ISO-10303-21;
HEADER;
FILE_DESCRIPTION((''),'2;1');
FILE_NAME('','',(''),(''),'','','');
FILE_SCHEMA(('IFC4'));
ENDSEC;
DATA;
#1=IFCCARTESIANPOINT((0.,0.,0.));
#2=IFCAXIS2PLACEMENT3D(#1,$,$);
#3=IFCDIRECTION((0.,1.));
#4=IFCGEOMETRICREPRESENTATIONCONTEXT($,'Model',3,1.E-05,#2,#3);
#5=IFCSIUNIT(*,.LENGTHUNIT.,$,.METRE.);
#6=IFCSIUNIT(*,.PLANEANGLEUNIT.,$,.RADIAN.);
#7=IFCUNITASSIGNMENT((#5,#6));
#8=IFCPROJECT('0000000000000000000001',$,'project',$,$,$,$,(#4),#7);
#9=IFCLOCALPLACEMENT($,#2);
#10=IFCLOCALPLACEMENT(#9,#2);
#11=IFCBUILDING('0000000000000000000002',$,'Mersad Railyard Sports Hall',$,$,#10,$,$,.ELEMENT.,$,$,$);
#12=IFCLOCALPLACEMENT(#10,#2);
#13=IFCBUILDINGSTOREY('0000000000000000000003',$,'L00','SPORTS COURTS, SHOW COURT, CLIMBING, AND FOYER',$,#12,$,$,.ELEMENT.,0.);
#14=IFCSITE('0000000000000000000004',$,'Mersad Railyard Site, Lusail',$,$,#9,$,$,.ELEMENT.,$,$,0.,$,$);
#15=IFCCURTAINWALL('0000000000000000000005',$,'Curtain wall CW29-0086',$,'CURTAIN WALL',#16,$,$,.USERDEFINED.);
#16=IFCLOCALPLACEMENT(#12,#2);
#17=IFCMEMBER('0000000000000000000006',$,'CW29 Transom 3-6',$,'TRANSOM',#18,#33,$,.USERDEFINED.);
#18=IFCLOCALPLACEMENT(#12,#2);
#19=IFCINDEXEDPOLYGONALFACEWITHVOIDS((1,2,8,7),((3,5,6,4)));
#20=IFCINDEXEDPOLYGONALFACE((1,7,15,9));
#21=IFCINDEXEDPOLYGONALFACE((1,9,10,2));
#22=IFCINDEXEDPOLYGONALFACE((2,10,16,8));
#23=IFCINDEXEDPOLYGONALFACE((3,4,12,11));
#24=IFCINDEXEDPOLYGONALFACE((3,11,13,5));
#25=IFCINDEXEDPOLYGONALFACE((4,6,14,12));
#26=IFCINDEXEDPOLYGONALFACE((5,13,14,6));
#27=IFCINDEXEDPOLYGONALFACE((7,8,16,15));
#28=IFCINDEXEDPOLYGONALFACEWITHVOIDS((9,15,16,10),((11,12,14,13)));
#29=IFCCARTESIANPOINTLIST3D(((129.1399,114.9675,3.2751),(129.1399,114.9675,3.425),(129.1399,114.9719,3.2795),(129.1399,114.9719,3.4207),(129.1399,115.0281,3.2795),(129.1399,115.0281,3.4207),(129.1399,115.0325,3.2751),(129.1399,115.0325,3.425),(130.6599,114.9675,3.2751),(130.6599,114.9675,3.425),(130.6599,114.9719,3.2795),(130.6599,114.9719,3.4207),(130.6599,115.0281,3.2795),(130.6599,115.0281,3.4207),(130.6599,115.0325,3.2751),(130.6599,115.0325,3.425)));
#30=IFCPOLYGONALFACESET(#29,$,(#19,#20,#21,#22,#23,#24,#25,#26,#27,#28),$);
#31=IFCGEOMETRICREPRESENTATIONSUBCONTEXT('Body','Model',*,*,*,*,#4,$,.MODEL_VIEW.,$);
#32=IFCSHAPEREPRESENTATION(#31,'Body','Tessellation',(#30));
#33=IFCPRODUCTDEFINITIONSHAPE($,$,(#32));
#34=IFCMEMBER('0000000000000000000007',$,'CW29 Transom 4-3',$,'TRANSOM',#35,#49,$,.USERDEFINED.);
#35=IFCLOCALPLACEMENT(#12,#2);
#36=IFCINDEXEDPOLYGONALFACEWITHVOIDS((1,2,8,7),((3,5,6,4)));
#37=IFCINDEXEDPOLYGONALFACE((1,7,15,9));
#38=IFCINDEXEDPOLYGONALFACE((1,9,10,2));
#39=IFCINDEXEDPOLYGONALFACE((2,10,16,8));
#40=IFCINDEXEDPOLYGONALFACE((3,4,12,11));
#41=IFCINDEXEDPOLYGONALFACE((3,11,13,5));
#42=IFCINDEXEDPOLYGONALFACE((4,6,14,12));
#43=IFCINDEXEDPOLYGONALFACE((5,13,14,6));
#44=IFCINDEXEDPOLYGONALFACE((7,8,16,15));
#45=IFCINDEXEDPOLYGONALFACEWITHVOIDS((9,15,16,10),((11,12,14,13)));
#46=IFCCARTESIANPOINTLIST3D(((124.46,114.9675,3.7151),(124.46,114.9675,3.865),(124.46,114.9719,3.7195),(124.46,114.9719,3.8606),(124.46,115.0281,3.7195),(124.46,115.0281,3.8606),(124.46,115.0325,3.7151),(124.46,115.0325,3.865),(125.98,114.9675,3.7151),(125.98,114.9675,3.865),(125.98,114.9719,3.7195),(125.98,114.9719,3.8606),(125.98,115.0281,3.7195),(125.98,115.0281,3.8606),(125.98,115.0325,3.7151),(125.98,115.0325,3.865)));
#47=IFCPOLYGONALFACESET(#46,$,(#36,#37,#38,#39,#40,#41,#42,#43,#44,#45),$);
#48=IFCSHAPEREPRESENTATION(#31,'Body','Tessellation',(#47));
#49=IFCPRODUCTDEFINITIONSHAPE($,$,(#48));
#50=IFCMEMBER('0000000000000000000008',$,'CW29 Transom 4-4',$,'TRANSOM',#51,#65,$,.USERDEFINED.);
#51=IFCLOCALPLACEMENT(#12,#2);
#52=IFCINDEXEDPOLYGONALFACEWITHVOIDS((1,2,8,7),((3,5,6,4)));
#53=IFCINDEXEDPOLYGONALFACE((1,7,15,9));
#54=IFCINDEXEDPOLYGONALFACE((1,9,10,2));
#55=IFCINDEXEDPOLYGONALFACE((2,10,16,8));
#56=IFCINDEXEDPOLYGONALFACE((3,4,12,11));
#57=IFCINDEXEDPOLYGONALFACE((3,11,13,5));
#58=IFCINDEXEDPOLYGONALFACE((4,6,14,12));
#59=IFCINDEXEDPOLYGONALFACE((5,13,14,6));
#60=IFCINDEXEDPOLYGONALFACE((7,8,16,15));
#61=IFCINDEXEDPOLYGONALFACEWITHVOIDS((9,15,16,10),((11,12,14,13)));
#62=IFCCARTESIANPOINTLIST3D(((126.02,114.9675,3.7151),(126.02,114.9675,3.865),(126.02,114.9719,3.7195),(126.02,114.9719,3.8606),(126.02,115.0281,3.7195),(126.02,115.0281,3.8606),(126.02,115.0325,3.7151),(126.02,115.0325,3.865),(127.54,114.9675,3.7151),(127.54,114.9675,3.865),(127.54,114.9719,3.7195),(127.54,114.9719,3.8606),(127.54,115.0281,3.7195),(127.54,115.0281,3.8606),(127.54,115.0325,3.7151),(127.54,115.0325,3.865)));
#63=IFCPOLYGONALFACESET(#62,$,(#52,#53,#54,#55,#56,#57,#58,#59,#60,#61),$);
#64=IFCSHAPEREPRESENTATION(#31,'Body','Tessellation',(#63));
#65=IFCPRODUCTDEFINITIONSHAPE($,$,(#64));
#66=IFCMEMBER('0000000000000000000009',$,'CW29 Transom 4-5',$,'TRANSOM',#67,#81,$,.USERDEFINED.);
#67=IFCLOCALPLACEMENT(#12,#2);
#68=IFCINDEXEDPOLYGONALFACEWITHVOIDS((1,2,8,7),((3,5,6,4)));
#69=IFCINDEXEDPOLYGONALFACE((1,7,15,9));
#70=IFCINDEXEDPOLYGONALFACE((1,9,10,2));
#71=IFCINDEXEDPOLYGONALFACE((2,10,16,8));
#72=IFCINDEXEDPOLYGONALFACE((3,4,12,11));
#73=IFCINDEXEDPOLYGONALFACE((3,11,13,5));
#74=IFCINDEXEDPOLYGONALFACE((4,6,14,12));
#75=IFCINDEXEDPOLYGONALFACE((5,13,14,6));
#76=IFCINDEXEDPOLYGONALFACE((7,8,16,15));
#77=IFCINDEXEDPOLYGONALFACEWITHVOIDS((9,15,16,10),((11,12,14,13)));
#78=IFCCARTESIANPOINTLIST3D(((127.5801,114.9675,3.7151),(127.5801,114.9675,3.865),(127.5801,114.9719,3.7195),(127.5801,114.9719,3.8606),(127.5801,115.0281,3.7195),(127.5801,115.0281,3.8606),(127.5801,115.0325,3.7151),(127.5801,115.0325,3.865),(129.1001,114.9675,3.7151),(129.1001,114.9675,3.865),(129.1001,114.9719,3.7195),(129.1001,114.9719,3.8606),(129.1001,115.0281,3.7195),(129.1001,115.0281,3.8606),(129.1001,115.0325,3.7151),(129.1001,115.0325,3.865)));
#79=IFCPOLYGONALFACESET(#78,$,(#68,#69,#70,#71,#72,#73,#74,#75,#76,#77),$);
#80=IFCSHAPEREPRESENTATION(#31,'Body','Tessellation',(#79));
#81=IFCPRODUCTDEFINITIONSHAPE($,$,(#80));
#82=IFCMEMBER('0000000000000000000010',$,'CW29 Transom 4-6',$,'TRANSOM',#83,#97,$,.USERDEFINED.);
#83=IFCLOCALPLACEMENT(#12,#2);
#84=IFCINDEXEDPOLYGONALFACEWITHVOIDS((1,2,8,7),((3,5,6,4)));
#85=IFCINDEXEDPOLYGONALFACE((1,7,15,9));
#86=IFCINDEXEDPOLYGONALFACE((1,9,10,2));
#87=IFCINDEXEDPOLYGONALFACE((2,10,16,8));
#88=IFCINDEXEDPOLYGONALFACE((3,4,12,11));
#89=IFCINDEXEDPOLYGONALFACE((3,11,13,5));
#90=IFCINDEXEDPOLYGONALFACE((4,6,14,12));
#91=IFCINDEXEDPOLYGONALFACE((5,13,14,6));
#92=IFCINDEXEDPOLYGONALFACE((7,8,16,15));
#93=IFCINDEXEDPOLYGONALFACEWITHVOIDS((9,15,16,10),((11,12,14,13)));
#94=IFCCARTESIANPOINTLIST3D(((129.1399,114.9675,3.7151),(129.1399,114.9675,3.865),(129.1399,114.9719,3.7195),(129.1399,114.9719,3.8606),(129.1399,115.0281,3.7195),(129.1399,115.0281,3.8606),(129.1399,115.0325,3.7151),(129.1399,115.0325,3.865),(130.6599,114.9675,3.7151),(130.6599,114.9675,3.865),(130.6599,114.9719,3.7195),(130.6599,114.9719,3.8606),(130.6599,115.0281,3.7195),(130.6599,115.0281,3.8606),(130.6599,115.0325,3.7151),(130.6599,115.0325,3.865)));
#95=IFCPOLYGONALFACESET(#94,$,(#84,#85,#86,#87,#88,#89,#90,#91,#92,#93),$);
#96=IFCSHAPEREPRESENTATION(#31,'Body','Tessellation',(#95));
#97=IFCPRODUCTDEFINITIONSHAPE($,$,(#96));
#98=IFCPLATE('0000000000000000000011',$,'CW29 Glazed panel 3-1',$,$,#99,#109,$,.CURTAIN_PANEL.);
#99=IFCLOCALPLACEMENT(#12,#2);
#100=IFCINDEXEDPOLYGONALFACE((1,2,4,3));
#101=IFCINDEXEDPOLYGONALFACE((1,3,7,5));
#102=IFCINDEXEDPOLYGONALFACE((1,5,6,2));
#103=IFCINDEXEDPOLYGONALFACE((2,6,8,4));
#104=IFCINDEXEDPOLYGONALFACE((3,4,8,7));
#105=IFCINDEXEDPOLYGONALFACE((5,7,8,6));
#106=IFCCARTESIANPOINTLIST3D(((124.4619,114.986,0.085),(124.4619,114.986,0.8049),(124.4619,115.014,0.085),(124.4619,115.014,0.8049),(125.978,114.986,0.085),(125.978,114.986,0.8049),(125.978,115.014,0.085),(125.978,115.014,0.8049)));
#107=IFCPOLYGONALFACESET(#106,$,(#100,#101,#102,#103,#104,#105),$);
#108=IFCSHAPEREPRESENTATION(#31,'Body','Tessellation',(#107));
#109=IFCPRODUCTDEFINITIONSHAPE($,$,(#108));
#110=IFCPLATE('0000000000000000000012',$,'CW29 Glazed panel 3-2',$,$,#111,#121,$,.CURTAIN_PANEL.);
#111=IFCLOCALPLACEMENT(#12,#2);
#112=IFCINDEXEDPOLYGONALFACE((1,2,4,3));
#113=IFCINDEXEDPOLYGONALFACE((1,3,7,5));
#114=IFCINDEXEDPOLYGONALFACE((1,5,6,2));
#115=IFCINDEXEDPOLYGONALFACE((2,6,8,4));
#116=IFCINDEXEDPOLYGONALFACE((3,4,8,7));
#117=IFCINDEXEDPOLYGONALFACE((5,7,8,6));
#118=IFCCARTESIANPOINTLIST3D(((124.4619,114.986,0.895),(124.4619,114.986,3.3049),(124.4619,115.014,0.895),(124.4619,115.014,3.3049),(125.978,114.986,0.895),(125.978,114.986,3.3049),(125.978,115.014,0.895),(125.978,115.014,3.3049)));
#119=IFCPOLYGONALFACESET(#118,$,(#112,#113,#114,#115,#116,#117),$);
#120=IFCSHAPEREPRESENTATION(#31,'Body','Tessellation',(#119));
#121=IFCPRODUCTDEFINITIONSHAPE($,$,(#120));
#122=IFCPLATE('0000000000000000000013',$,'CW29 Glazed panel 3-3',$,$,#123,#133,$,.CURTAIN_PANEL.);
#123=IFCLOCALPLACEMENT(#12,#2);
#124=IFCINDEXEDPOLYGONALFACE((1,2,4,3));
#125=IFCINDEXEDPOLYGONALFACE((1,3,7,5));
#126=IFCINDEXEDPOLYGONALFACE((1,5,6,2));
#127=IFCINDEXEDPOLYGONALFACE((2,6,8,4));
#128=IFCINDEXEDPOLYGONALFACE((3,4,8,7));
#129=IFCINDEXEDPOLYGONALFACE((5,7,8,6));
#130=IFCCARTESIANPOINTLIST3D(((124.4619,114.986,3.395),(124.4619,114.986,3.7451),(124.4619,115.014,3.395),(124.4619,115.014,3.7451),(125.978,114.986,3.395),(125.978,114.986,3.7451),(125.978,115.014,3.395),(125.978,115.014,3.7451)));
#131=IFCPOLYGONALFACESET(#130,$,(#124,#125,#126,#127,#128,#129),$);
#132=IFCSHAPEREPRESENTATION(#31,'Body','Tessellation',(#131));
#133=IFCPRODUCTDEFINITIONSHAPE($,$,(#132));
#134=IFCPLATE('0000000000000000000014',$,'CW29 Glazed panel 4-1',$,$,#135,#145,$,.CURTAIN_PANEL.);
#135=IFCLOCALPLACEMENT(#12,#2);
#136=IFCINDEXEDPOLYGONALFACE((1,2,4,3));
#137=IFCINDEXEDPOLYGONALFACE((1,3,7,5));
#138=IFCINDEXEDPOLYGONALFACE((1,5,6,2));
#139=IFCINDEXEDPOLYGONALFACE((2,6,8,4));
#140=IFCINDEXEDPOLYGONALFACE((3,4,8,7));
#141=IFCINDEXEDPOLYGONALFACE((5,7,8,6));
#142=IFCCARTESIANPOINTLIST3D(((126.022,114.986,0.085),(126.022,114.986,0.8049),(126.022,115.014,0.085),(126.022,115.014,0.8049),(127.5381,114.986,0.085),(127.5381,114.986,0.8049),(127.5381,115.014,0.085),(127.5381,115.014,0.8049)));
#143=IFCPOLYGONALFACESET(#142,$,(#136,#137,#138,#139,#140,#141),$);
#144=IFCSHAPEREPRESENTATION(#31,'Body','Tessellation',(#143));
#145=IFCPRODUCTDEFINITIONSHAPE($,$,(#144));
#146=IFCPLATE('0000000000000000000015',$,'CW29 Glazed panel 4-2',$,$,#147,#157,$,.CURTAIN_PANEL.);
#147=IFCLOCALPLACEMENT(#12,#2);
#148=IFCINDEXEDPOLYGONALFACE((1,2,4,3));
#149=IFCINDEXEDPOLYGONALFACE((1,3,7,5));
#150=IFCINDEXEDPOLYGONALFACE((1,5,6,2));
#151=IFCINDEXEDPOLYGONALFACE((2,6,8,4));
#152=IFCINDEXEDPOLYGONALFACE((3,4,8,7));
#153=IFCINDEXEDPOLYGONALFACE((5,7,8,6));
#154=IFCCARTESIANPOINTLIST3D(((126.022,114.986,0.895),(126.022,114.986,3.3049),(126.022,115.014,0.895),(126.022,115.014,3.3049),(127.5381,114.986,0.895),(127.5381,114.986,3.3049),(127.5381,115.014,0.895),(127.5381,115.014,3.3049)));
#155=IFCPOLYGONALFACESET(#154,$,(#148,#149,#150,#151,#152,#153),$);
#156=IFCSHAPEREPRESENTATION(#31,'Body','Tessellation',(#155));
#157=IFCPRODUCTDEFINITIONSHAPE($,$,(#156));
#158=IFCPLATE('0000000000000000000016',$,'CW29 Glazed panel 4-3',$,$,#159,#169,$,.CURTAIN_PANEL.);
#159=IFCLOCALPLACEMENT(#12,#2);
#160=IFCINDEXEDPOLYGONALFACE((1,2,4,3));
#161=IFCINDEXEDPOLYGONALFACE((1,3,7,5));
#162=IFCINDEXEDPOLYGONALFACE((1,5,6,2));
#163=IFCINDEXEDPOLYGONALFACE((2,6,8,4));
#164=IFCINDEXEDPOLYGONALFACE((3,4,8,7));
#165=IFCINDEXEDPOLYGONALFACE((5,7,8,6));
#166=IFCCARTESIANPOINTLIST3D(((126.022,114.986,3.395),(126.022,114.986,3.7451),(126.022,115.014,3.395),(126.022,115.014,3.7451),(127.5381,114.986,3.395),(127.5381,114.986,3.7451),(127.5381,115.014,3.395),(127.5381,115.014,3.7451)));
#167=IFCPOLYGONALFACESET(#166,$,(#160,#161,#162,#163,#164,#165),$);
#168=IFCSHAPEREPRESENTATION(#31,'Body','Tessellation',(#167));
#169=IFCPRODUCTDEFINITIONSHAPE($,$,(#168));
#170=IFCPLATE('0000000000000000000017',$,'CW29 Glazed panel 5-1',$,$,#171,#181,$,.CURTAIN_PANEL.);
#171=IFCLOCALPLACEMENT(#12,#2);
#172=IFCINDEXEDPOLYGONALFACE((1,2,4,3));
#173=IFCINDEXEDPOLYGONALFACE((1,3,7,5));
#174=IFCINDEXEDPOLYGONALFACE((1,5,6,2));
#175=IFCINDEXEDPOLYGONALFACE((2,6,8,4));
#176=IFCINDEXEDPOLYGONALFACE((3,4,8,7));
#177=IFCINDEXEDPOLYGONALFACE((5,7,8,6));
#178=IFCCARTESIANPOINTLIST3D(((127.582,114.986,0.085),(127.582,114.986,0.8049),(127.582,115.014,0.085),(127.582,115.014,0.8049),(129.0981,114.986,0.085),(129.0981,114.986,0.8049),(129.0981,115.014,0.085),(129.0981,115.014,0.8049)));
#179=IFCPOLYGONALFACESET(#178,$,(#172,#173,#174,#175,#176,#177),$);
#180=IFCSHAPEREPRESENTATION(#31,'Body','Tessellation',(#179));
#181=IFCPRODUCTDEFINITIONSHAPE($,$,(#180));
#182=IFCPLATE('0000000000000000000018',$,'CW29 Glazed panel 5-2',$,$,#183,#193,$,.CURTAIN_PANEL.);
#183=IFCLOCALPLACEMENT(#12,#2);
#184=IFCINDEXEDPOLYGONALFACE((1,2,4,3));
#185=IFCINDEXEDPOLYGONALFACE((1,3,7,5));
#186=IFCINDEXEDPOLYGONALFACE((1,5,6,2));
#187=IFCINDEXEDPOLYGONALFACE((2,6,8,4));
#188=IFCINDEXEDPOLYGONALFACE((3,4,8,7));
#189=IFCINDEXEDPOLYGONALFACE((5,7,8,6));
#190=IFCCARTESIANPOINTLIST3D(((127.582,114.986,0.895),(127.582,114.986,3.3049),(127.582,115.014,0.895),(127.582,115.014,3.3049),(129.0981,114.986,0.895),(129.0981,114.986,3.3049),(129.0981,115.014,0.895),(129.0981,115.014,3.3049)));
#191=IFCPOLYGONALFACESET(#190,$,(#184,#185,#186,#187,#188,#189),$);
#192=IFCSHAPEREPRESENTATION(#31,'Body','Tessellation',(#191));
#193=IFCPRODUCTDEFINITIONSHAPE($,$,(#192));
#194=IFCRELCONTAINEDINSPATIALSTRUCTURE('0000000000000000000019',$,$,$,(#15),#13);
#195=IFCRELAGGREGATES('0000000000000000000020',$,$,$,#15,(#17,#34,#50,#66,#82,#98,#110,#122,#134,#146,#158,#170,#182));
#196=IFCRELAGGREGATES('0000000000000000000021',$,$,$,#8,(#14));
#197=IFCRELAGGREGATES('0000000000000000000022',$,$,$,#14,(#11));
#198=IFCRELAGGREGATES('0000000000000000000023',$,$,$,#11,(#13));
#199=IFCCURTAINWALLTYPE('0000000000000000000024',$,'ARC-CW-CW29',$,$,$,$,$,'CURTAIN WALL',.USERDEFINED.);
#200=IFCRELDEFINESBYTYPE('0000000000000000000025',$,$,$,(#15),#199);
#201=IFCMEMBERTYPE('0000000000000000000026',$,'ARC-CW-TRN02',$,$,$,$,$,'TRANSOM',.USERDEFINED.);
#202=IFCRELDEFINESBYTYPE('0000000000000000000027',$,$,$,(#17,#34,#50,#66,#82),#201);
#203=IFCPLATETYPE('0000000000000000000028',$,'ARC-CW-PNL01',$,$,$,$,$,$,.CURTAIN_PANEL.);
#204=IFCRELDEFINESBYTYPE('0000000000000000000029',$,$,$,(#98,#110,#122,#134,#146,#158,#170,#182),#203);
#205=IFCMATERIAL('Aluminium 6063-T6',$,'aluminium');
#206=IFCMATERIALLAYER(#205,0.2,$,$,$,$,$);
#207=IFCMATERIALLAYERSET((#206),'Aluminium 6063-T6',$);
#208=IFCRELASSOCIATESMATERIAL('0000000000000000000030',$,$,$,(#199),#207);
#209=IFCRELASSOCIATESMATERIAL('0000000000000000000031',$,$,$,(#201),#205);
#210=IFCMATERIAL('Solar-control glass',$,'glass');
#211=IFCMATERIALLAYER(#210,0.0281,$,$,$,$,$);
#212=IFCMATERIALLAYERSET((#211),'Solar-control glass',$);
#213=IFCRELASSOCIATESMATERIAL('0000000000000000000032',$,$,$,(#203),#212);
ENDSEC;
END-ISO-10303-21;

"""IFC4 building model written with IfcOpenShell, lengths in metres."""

from ifc_helpers import new_model, si_unit, direction, frame, origin, origin_2d, place, context, subcontext, project, spatial, rectangle, hollow_rectangle, extrude, material, layer, layer_set, material_profile, profile_set, type_object, element, aggregate, save


model = new_model("IFC4")

# Units and contexts
model_context = context("Model", 3, precision=1e-05, world=origin(), true_north=direction((0.0, 1.0)))
body_context = subcontext(model_context, "Body", "Model", "MODEL_VIEW")
ifc_project = project(units=[si_unit("LENGTHUNIT", "METRE"), si_unit("PLANEANGLEUNIT", "RADIAN")], contexts=[model_context])

# Site, building, storey
site_placement = place(None, origin())
site = spatial("IfcSite", under=ifc_project, at=site_placement, Name="Mersad Railyard Site, Lusail", CompositionType="ELEMENT", RefElevation=0.0)
building_placement = place(site_placement, origin())
building = spatial("IfcBuilding", under=site, at=building_placement, Name="Mersad Railyard Sports Hall", CompositionType="ELEMENT")
storey_placement = place(building_placement, origin())
storey = spatial("IfcBuildingStorey", under=building, at=storey_placement, Name="L00", Description="SPORTS COURTS, SHOW COURT, CLIMBING, AND FOYER", CompositionType="ELEMENT", Elevation=0.0)

# Curtain wall, members, plates
ifc_material_1 = material(Name="Aluminium 6063-T6", Category="aluminium")
ifc_layer_1 = layer(ifc_material_1, 0.2)
ifc_layer_set_1 = layer_set([ifc_layer_1], Name="Aluminium 6063-T6")
curtain_wall_type = type_object("IfcCurtainWallType", Name="ARC-CW-CW29", ElementType="CURTAIN WALL", PredefinedType="USERDEFINED", material=ifc_layer_set_1)
curtain_wall_placement = place(storey_placement, origin())
curtain_wall = element("IfcCurtainWall", 1, at=curtain_wall_placement, inside=storey, type_object=curtain_wall_type, Name="Curtain wall CW29-0086", ObjectType="CURTAIN WALL", PredefinedType="USERDEFINED")
ifc_material_profile_1 = material_profile(ifc_material_1, hollow_rectangle(XDim=0.0649, YDim=0.1499, WallThickness=0.0044, at=origin_2d()), Name="AL TRANSOM 65x150x4.5")
ifc_profile_set_1 = profile_set([ifc_material_profile_1], Name="Aluminium 6063-T6")
member_type_1 = type_object("IfcMemberType", Name="ARC-CW-TRN02", ElementType="TRANSOM", PredefinedType="USERDEFINED", material=ifc_profile_set_1)
member_1_placement = place(storey_placement, frame((129.1399, 115.0, 3.3501), z_axis=(1.0, 0.0, 0.0), x_axis=(0.0, 1.0, 0.0)))
member_1 = element("IfcMember", 2, at=member_1_placement, type_object=member_type_1, Name="CW29 Transom 3-6", ObjectType="TRANSOM", PredefinedType="USERDEFINED", context=body_context, shape_type="SweptSolid", body=[
    extrude(hollow_rectangle(XDim=0.0649, YDim=0.1499, WallThickness=0.0044, at=origin_2d()), origin(), (0.0, 0.0, 1.0), 1.52),
])
member_2_placement = place(storey_placement, frame((124.46, 115.0, 3.79), z_axis=(1.0, 0.0, 0.0), x_axis=(0.0, 1.0, 0.0)))
member_2 = element("IfcMember", 3, at=member_2_placement, type_object=member_type_1, Name="CW29 Transom 4-3", ObjectType="TRANSOM", PredefinedType="USERDEFINED", context=body_context, shape_type="SweptSolid", body=[
    extrude(hollow_rectangle(XDim=0.0649, YDim=0.1499, WallThickness=0.0044, at=origin_2d()), origin(), (0.0, 0.0, 1.0), 1.52),
])
member_3_placement = place(storey_placement, frame((126.02, 115.0, 3.79), z_axis=(1.0, 0.0, 0.0), x_axis=(0.0, 1.0, 0.0)))
member_3 = element("IfcMember", 4, at=member_3_placement, type_object=member_type_1, Name="CW29 Transom 4-4", ObjectType="TRANSOM", PredefinedType="USERDEFINED", context=body_context, shape_type="SweptSolid", body=[
    extrude(hollow_rectangle(XDim=0.0649, YDim=0.1499, WallThickness=0.0044, at=origin_2d()), origin(), (0.0, 0.0, 1.0), 1.52),
])
member_4_placement = place(storey_placement, frame((127.5801, 115.0, 3.79), z_axis=(1.0, 0.0, 0.0), x_axis=(0.0, 1.0, 0.0)))
member_4 = element("IfcMember", 5, at=member_4_placement, type_object=member_type_1, Name="CW29 Transom 4-5", ObjectType="TRANSOM", PredefinedType="USERDEFINED", context=body_context, shape_type="SweptSolid", body=[
    extrude(hollow_rectangle(XDim=0.0649, YDim=0.1499, WallThickness=0.0044, at=origin_2d()), origin(), (0.0, 0.0, 1.0), 1.52),
])
member_5_placement = place(storey_placement, frame((129.1399, 115.0, 3.79), z_axis=(1.0, 0.0, 0.0), x_axis=(0.0, 1.0, 0.0)))
member_5 = element("IfcMember", 6, at=member_5_placement, type_object=member_type_1, Name="CW29 Transom 4-6", ObjectType="TRANSOM", PredefinedType="USERDEFINED", context=body_context, shape_type="SweptSolid", body=[
    extrude(hollow_rectangle(XDim=0.0649, YDim=0.1499, WallThickness=0.0044, at=origin_2d()), origin(), (0.0, 0.0, 1.0), 1.52),
])
ifc_material_2 = material(Name="Solar-control glass", Category="glass")
ifc_layer_2 = layer(ifc_material_2, 0.0281)
ifc_layer_set_2 = layer_set([ifc_layer_2], Name="Solar-control glass")
plate_type = type_object("IfcPlateType", Name="ARC-CW-PNL01", PredefinedType="CURTAIN_PANEL", material=ifc_layer_set_2)
plate_1_placement = place(storey_placement, frame((125.22, 115.0, 0.085), z_axis=(0.0, 0.0, 1.0), x_axis=(1.0, 0.0, 0.0)))
plate_1 = element("IfcPlate", 7, at=plate_1_placement, type_object=plate_type, Name="CW29 Glazed panel 3-1", PredefinedType="CURTAIN_PANEL", context=body_context, shape_type="SweptSolid", body=[
    extrude(rectangle(XDim=1.5161, YDim=0.0281, at=origin_2d()), origin(), (0.0, 0.0, 1.0), 0.72),
])
plate_2_placement = place(storey_placement, frame((125.22, 115.0, 0.895), z_axis=(0.0, 0.0, 1.0), x_axis=(1.0, 0.0, 0.0)))
plate_2 = element("IfcPlate", 8, at=plate_2_placement, type_object=plate_type, Name="CW29 Glazed panel 3-2", PredefinedType="CURTAIN_PANEL", context=body_context, shape_type="SweptSolid", body=[
    extrude(rectangle(XDim=1.5161, YDim=0.0281, at=origin_2d()), origin(), (0.0, 0.0, 1.0), 2.4099),
])
plate_3_placement = place(storey_placement, frame((125.22, 115.0, 3.395), z_axis=(0.0, 0.0, 1.0), x_axis=(1.0, 0.0, 0.0)))
plate_3 = element("IfcPlate", 9, at=plate_3_placement, type_object=plate_type, Name="CW29 Glazed panel 3-3", PredefinedType="CURTAIN_PANEL", context=body_context, shape_type="SweptSolid", body=[
    extrude(rectangle(XDim=1.5161, YDim=0.0281, at=origin_2d()), origin(), (0.0, 0.0, 1.0), 0.3501),
])
plate_4_placement = place(storey_placement, frame((126.78, 115.0, 0.085), z_axis=(0.0, 0.0, 1.0), x_axis=(1.0, 0.0, 0.0)))
plate_4 = element("IfcPlate", 10, at=plate_4_placement, type_object=plate_type, Name="CW29 Glazed panel 4-1", PredefinedType="CURTAIN_PANEL", context=body_context, shape_type="SweptSolid", body=[
    extrude(rectangle(XDim=1.5161, YDim=0.0281, at=origin_2d()), origin(), (0.0, 0.0, 1.0), 0.72),
])
plate_5_placement = place(storey_placement, frame((126.78, 115.0, 0.895), z_axis=(0.0, 0.0, 1.0), x_axis=(1.0, 0.0, 0.0)))
plate_5 = element("IfcPlate", 11, at=plate_5_placement, type_object=plate_type, Name="CW29 Glazed panel 4-2", PredefinedType="CURTAIN_PANEL", context=body_context, shape_type="SweptSolid", body=[
    extrude(rectangle(XDim=1.5161, YDim=0.0281, at=origin_2d()), origin(), (0.0, 0.0, 1.0), 2.4099),
])
plate_6_placement = place(storey_placement, frame((126.78, 115.0, 3.395), z_axis=(0.0, 0.0, 1.0), x_axis=(1.0, 0.0, 0.0)))
plate_6 = element("IfcPlate", 12, at=plate_6_placement, type_object=plate_type, Name="CW29 Glazed panel 4-3", PredefinedType="CURTAIN_PANEL", context=body_context, shape_type="SweptSolid", body=[
    extrude(rectangle(XDim=1.5161, YDim=0.0281, at=origin_2d()), origin(), (0.0, 0.0, 1.0), 0.3501),
])
plate_7_placement = place(storey_placement, frame((128.3401, 115.0, 0.085), z_axis=(0.0, 0.0, 1.0), x_axis=(1.0, 0.0, 0.0)))
plate_7 = element("IfcPlate", 13, at=plate_7_placement, type_object=plate_type, Name="CW29 Glazed panel 5-1", PredefinedType="CURTAIN_PANEL", context=body_context, shape_type="SweptSolid", body=[
    extrude(rectangle(XDim=1.5161, YDim=0.0281, at=origin_2d()), origin(), (0.0, 0.0, 1.0), 0.72),
])
plate_8_placement = place(storey_placement, frame((128.3401, 115.0, 0.895), z_axis=(0.0, 0.0, 1.0), x_axis=(1.0, 0.0, 0.0)))
plate_8 = element("IfcPlate", 14, at=plate_8_placement, type_object=plate_type, Name="CW29 Glazed panel 5-2", PredefinedType="CURTAIN_PANEL", context=body_context, shape_type="SweptSolid", body=[
    extrude(rectangle(XDim=1.5161, YDim=0.0281, at=origin_2d()), origin(), (0.0, 0.0, 1.0), 2.4099),
])
aggregate(curtain_wall, [member_1, member_2, member_3, member_4, member_5, plate_1, plate_2, plate_3, plate_4, plate_5, plate_6, plate_7, plate_8])

save(model, "model.ifc")
